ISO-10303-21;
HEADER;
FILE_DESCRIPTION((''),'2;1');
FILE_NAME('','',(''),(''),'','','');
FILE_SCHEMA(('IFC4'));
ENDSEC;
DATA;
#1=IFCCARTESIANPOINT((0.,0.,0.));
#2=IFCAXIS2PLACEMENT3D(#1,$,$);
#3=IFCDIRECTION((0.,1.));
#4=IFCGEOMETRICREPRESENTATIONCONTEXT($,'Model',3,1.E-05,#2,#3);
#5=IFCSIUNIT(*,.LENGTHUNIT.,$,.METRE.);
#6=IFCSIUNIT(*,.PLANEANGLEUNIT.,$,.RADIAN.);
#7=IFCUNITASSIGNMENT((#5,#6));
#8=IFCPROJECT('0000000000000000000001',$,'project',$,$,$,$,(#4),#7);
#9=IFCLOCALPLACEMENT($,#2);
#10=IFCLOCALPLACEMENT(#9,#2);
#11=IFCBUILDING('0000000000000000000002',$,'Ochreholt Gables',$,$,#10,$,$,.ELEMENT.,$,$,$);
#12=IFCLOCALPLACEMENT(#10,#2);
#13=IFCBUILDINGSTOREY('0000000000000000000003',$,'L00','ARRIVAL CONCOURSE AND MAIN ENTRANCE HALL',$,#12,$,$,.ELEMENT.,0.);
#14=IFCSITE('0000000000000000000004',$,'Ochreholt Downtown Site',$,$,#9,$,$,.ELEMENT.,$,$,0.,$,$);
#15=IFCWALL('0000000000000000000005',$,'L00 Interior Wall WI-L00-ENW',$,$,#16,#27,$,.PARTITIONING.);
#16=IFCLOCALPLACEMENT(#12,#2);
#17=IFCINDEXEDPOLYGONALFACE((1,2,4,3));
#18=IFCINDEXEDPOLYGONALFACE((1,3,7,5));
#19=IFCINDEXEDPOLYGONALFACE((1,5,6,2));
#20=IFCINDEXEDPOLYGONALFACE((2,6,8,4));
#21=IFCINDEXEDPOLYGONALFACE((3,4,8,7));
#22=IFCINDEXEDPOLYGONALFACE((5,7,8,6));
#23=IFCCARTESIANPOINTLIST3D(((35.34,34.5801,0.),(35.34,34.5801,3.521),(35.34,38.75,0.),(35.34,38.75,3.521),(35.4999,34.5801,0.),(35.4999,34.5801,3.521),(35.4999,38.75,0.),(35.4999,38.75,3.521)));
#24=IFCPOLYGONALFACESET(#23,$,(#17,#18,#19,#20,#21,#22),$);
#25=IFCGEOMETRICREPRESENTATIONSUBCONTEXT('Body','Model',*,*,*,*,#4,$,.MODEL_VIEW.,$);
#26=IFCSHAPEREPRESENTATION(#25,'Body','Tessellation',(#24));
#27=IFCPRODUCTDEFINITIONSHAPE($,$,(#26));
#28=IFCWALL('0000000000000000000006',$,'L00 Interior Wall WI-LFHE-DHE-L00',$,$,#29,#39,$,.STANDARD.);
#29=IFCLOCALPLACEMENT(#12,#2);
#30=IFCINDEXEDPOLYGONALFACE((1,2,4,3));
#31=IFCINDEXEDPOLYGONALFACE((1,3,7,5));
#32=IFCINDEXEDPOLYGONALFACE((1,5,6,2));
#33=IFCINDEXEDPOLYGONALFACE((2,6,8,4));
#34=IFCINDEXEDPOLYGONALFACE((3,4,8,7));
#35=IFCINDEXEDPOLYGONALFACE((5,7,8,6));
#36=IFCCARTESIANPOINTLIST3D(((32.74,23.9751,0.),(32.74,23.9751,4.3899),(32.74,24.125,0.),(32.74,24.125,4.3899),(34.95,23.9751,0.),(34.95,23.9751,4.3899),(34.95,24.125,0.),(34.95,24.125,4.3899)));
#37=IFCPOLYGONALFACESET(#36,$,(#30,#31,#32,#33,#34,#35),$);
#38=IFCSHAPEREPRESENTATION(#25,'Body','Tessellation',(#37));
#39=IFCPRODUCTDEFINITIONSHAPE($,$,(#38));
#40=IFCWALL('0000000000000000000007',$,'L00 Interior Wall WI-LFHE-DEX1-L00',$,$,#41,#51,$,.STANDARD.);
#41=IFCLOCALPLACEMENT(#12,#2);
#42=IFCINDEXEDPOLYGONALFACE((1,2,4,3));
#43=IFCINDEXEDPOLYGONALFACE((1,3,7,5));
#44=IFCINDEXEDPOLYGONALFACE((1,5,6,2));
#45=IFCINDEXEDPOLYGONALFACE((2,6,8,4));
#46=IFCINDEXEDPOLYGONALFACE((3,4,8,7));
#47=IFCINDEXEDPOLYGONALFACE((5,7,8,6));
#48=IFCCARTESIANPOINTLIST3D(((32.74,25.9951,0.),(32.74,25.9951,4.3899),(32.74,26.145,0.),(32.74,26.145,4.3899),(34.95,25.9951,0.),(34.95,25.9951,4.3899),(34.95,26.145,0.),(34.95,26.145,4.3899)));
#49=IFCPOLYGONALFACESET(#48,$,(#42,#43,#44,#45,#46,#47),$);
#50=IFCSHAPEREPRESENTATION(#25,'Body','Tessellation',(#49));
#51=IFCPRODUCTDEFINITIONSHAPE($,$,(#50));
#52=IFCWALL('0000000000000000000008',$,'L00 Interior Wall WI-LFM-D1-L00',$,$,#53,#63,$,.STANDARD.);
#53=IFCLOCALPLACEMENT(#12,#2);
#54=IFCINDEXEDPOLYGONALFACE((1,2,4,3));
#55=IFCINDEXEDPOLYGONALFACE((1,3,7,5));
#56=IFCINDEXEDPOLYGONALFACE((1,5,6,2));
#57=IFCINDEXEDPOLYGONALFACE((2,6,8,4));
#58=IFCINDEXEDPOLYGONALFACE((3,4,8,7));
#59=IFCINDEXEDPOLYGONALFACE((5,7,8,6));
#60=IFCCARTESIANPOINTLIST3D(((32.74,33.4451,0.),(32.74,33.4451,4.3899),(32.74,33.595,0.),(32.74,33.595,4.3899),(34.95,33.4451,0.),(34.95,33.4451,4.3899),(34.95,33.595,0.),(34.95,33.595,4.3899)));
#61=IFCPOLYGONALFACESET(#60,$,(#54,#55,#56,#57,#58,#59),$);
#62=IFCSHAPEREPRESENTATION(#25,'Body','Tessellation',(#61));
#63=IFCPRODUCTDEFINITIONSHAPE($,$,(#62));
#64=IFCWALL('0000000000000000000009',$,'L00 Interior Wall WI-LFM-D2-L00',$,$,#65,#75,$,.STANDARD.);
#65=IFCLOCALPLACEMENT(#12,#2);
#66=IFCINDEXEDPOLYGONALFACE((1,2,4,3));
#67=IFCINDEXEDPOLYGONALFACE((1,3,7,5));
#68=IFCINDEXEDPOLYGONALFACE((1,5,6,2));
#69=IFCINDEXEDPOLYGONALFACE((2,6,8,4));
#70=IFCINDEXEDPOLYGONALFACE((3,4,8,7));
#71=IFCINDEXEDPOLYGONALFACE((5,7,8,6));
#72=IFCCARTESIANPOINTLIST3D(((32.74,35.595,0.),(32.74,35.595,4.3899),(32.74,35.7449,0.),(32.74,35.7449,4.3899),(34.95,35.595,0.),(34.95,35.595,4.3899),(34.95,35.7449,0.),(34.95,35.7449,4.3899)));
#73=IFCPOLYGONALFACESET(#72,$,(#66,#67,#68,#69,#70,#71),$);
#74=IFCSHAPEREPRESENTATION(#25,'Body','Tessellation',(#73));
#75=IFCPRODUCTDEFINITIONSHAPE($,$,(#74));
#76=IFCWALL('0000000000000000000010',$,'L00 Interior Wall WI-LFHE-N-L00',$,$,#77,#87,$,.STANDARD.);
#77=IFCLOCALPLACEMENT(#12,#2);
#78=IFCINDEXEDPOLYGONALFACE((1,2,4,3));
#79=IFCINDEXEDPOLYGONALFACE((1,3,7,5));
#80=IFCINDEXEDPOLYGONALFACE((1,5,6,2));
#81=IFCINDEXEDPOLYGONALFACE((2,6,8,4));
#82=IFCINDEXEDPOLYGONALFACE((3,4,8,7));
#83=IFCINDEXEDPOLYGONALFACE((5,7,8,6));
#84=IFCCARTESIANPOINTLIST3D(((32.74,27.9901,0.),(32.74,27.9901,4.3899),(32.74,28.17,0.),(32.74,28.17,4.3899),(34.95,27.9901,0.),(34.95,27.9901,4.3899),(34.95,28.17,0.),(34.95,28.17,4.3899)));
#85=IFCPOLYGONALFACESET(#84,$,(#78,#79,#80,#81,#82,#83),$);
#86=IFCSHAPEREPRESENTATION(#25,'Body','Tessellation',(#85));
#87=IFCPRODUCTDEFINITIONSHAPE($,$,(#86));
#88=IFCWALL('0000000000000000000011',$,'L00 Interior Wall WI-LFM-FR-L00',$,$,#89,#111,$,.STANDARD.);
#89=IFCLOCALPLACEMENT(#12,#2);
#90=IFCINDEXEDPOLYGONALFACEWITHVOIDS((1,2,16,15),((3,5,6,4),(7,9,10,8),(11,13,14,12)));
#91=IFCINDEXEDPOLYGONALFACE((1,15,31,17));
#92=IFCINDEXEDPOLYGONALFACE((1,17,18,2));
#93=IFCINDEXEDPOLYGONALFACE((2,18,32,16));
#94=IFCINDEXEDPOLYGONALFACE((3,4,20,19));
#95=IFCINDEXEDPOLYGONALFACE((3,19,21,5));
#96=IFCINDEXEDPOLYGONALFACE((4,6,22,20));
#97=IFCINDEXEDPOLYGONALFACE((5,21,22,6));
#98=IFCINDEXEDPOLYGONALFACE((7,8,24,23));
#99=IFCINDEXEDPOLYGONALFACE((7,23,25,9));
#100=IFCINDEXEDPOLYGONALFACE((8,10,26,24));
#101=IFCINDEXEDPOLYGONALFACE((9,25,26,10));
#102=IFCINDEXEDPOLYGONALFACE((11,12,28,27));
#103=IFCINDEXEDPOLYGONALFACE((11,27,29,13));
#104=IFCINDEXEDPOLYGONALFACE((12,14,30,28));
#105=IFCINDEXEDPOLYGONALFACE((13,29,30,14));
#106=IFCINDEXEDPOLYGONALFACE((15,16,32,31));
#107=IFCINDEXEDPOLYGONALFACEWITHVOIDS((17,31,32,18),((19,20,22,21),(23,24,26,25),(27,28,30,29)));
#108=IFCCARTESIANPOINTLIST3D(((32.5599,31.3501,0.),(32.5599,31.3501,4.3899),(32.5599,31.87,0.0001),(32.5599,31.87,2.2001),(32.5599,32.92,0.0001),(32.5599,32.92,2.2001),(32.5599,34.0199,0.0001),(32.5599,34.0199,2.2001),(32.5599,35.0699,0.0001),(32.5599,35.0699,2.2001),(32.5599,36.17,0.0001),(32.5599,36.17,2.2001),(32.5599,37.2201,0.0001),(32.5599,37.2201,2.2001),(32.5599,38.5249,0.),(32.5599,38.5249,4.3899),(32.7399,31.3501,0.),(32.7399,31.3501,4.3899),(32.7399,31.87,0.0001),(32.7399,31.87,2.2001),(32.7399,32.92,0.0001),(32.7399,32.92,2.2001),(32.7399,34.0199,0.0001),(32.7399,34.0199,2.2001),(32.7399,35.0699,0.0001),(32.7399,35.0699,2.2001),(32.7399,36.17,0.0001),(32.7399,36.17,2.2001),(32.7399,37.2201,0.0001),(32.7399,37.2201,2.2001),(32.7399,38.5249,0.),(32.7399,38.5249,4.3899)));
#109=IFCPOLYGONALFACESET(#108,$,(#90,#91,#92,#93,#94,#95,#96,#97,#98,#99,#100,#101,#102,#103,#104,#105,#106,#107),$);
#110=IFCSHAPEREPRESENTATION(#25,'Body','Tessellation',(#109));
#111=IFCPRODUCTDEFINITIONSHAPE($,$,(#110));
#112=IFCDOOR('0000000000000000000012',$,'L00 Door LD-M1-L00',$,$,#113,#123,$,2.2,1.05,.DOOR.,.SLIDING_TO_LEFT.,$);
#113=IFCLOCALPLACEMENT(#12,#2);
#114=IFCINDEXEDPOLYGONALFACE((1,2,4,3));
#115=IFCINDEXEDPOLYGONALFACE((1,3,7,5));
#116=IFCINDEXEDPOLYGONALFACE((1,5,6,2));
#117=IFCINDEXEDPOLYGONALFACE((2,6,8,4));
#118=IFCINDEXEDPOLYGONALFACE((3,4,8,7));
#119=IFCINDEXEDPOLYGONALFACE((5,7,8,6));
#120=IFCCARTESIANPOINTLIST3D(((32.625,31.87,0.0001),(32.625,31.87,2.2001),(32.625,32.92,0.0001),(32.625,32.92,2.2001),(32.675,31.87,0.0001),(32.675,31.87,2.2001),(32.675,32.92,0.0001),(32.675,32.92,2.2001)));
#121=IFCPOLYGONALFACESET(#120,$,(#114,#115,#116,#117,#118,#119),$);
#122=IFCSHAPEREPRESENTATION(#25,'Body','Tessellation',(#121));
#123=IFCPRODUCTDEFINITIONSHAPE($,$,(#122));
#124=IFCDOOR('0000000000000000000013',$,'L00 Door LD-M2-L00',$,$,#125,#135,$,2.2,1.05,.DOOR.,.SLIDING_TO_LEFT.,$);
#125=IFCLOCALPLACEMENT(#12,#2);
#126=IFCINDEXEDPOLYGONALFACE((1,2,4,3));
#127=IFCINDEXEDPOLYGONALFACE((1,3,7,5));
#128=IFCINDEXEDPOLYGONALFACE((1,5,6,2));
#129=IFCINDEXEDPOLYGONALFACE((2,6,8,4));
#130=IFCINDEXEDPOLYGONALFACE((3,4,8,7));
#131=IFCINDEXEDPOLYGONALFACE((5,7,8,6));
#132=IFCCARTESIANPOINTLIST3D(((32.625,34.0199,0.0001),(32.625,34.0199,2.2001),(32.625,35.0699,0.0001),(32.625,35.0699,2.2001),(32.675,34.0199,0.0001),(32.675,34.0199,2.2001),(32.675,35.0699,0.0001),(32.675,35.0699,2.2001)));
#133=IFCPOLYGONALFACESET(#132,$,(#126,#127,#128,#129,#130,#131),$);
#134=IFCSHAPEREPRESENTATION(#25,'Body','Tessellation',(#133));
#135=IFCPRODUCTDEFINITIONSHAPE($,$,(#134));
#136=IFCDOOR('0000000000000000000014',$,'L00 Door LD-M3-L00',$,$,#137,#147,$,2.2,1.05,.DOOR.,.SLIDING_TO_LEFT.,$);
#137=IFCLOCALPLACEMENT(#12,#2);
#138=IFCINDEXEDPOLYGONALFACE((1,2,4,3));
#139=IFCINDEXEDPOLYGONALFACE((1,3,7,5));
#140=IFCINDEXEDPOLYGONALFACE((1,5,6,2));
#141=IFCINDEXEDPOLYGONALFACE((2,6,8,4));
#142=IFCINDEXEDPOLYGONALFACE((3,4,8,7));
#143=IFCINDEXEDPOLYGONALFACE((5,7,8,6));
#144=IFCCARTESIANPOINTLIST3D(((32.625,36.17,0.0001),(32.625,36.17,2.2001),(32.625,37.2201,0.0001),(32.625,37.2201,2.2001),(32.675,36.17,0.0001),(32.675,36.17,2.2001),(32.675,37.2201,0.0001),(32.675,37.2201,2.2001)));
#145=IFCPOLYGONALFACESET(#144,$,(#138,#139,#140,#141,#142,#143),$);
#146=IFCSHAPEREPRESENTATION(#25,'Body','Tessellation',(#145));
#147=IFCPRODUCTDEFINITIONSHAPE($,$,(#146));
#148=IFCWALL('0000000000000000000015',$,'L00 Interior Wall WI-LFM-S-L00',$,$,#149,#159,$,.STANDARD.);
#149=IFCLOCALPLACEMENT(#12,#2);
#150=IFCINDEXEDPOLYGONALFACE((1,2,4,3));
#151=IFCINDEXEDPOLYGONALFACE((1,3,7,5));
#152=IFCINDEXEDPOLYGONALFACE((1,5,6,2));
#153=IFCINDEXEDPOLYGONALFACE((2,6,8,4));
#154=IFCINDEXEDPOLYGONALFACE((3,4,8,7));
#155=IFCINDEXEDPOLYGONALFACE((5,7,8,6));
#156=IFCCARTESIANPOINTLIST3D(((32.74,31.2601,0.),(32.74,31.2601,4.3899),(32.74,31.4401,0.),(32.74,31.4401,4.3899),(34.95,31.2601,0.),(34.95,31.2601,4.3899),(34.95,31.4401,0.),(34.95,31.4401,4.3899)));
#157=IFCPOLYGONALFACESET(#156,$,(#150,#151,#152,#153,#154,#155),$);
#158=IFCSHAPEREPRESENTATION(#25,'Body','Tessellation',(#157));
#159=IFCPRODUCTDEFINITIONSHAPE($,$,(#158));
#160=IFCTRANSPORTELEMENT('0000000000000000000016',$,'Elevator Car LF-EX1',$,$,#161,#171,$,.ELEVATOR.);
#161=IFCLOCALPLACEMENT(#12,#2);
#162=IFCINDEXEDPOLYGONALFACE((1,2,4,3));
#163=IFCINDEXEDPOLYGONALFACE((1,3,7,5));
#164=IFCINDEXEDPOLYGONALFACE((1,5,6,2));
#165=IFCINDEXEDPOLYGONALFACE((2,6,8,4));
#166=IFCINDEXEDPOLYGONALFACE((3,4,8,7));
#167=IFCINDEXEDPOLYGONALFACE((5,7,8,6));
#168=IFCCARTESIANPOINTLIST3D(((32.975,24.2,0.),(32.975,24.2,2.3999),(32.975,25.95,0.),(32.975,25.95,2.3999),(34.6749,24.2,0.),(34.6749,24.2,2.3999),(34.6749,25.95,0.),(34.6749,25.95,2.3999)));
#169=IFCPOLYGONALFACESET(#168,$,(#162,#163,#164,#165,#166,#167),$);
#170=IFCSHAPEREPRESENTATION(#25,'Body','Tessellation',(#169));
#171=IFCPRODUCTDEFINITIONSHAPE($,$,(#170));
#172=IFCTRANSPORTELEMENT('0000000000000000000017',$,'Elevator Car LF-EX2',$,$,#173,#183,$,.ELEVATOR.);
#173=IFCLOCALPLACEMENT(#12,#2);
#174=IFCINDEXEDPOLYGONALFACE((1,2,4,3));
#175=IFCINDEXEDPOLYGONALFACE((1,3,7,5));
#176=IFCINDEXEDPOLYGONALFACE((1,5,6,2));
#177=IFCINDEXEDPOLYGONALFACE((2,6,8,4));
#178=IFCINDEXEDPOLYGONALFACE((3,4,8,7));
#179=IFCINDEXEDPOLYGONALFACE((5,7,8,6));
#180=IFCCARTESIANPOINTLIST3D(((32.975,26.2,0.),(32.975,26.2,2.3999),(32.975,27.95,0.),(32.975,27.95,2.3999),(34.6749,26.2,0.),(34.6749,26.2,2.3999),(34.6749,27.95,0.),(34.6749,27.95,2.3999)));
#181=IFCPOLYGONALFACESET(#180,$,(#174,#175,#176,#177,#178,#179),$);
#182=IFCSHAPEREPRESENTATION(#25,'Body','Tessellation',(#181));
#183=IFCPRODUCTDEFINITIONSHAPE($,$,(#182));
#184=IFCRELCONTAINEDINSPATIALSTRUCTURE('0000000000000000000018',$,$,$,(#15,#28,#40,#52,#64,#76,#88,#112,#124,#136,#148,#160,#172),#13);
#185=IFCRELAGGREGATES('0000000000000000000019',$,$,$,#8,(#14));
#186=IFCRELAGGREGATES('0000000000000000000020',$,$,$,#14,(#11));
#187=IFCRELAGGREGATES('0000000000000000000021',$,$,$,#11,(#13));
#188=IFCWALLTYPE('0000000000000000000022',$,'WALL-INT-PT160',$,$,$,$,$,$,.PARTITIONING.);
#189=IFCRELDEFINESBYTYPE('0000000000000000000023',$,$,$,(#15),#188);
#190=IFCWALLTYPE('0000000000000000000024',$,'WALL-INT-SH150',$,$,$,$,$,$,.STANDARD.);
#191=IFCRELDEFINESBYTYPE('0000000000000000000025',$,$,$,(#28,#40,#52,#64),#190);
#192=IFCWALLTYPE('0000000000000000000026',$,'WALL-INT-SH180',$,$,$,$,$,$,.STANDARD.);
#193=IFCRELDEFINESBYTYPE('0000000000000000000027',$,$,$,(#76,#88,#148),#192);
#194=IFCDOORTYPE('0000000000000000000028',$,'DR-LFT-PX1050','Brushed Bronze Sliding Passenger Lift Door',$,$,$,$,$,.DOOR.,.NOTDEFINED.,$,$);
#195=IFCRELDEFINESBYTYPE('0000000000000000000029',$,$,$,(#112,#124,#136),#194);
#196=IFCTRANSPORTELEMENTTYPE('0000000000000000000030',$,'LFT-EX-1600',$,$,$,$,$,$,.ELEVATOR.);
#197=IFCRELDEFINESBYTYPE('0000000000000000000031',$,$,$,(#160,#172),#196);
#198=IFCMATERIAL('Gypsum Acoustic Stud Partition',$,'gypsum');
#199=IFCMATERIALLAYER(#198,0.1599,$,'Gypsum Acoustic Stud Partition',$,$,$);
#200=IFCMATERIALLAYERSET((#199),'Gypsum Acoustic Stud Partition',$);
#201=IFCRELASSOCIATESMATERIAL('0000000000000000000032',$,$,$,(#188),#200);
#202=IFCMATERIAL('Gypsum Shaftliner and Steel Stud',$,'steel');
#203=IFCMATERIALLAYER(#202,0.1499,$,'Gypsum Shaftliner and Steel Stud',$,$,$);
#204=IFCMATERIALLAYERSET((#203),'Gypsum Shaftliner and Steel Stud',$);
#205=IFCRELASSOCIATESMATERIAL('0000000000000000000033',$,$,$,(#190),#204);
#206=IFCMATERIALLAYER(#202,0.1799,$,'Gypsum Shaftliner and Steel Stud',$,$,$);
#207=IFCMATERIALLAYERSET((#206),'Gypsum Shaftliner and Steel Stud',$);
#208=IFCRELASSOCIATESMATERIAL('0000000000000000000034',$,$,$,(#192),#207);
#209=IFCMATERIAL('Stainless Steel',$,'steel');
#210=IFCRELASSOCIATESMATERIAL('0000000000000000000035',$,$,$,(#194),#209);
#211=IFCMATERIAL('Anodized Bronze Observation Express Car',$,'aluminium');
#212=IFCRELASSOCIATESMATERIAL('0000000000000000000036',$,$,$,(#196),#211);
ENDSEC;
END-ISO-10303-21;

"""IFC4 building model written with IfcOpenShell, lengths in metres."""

from ifc_helpers import new_model, si_unit, direction, frame, frame_2d, origin, origin_2d, place, context, subcontext, project, spatial, rectangle, extrude, material, layer, layer_set, type_object, element, fill, save


model = new_model("IFC4")

# Units and contexts
model_context = context("Model", 3, precision=1e-05, world=origin(), true_north=direction((0.0, 1.0)))
body_context = subcontext(model_context, "Body", "Model", "MODEL_VIEW")
ifc_project = project(units=[si_unit("LENGTHUNIT", "METRE"), si_unit("PLANEANGLEUNIT", "RADIAN")], contexts=[model_context])

# Site, building, storey
site_placement = place(None, origin())
site = spatial("IfcSite", under=ifc_project, at=site_placement, Name="Ochreholt Downtown Site", CompositionType="ELEMENT", RefElevation=0.0)
building_placement = place(site_placement, origin())
building = spatial("IfcBuilding", under=site, at=building_placement, Name="Ochreholt Gables", CompositionType="ELEMENT")
storey_placement = place(building_placement, origin())
storey = spatial("IfcBuildingStorey", under=building, at=storey_placement, Name="L00", Description="ARRIVAL CONCOURSE AND MAIN ENTRANCE HALL", CompositionType="ELEMENT", Elevation=0.0)

# Shared definitions
ifc_material_1 = material(Name="Gypsum Acoustic Stud Partition", Category="gypsum")
ifc_layer_1 = layer(ifc_material_1, 0.1599, Name="Gypsum Acoustic Stud Partition")
ifc_layer_set_1 = layer_set([ifc_layer_1], Name="Gypsum Acoustic Stud Partition")
wall_type_1 = type_object("IfcWallType", Name="WALL-INT-PT160", PredefinedType="PARTITIONING", material=ifc_layer_set_1)

# Walls
wall_1_placement = place(storey_placement, frame((35.4199, 34.5801, 0.0), z_axis=(0.0, 0.0, 1.0), x_axis=(0.0, 1.0, 0.0)))
element("IfcWall", 1, at=wall_1_placement, inside=storey, type_object=wall_type_1, Name="L00 Interior Wall WI-L00-ENW", PredefinedType="PARTITIONING", context=body_context, shape_type="SweptSolid", body=[
    extrude(rectangle(XDim=4.1699, YDim=0.1599, at=frame_2d((2.085, 0.0))), origin(), (0.0, 0.0, 1.0), 3.521),
])
ifc_material_2 = material(Name="Gypsum Shaftliner and Steel Stud", Category="steel")
ifc_layer_2 = layer(ifc_material_2, 0.1499, Name="Gypsum Shaftliner and Steel Stud")
ifc_layer_set_2 = layer_set([ifc_layer_2], Name="Gypsum Shaftliner and Steel Stud")
wall_type_2 = type_object("IfcWallType", Name="WALL-INT-SH150", PredefinedType="STANDARD", material=ifc_layer_set_2)
for number, where, z_axis, x_axis, name in (
    (2, (32.74, 24.05, 0.0), (0.0, 0.0, 1.0), (1.0, 0.0, 0.0), "L00 Interior Wall WI-LFHE-DHE-L00"),
    (3, (32.74, 26.0701, 0.0), (0.0, 0.0, 1.0), (1.0, 0.0, 0.0), "L00 Interior Wall WI-LFHE-DEX1-L00"),
    (4, (32.74, 33.52, 0.0), (0.0, 0.0, 1.0), (1.0, 0.0, 0.0), "L00 Interior Wall WI-LFM-D1-L00"),
    (5, (32.74, 35.6699, 0.0), (0.0, 0.0, 1.0), (1.0, 0.0, 0.0), "L00 Interior Wall WI-LFM-D2-L00"),
):
    element("IfcWall", number, at=place(storey_placement, frame(where, z_axis=z_axis, x_axis=x_axis)), inside=storey, type_object=wall_type_2, Name=name, PredefinedType="STANDARD", context=body_context, shape_type="SweptSolid", body=[
        extrude(rectangle(XDim=2.21, YDim=0.1499, at=frame_2d((1.105, 0.0))), origin(), (0.0, 0.0, 1.0), 4.3899),
    ])
ifc_layer_3 = layer(ifc_material_2, 0.1799, Name="Gypsum Shaftliner and Steel Stud")
ifc_layer_set_3 = layer_set([ifc_layer_3], Name="Gypsum Shaftliner and Steel Stud")
wall_type_3 = type_object("IfcWallType", Name="WALL-INT-SH180", PredefinedType="STANDARD", material=ifc_layer_set_3)
wall_2_placement = place(storey_placement, frame((32.74, 28.0801, 0.0), z_axis=(0.0, 0.0, 1.0), x_axis=(1.0, 0.0, 0.0)))
element("IfcWall", 6, at=wall_2_placement, inside=storey, type_object=wall_type_3, Name="L00 Interior Wall WI-LFHE-N-L00", PredefinedType="STANDARD", context=body_context, shape_type="SweptSolid", body=[
    extrude(rectangle(XDim=2.21, YDim=0.1799, at=frame_2d((1.105, 0.0))), origin(), (0.0, 0.0, 1.0), 4.3899),
])

# Wall, openings, doors
wall_3_placement = place(storey_placement, frame((32.6499, 31.3501, 0.0), z_axis=(0.0, 0.0, 1.0), x_axis=(0.0, 1.0, 0.0)))
wall_3 = element("IfcWall", 7, at=wall_3_placement, inside=storey, type_object=wall_type_3, Name="L00 Interior Wall WI-LFM-FR-L00", PredefinedType="STANDARD", context=body_context, shape_type="SweptSolid", body=[
    extrude(rectangle(XDim=7.1748, YDim=0.1799, at=frame_2d((3.5874, 0.0))), origin(), (0.0, 0.0, 1.0), 4.3899),
])
opening_1_placement = place(wall_3_placement, frame((0.52, 0.0, 0.0)))
opening_1 = element("IfcOpeningElement", 8, at=opening_1_placement, cuts=wall_3, PredefinedType="OPENING", context=body_context, shape_type="SweptSolid", body=[
    extrude(rectangle(XDim=1.05, YDim=2.2, at=frame_2d((0.5249, 1.1001))), frame((0.0, 0.0999, 0.0), z_axis=(0.0, -1.0, 0.0), x_axis=(1.0, 0.0, 0.0)), (0.0, 0.0, 1.0), 0.2),
])
opening_2_placement = place(wall_3_placement, frame((2.6699, 0.0, 0.0)))
opening_2 = element("IfcOpeningElement", 9, at=opening_2_placement, cuts=wall_3, PredefinedType="OPENING", context=body_context, shape_type="SweptSolid", body=[
    extrude(rectangle(XDim=1.05, YDim=2.2, at=frame_2d((0.5249, 1.1001))), frame((0.0, 0.0999, 0.0), z_axis=(0.0, -1.0, 0.0), x_axis=(1.0, 0.0, 0.0)), (0.0, 0.0, 1.0), 0.2),
])
opening_3_placement = place(wall_3_placement, frame((4.8201, 0.0, 0.0)))
opening_3 = element("IfcOpeningElement", 10, at=opening_3_placement, cuts=wall_3, PredefinedType="OPENING", context=body_context, shape_type="SweptSolid", body=[
    extrude(rectangle(XDim=1.05, YDim=2.2, at=frame_2d((0.5249, 1.1001))), frame((0.0, 0.0999, 0.0), z_axis=(0.0, -1.0, 0.0), x_axis=(1.0, 0.0, 0.0)), (0.0, 0.0, 1.0), 0.2),
])
ifc_material_3 = material(Name="Stainless Steel", Category="steel")
door_type_1 = type_object("IfcDoorType", Name="DR-LFT-PX1050", Description="Brushed Bronze Sliding Passenger Lift Door", OperationType="NOTDEFINED", PredefinedType="DOOR", material=ifc_material_3)
door_1_placement = place(opening_1_placement, origin())
door_1 = element("IfcDoor", 11, at=door_1_placement, inside=storey, type_object=door_type_1, Name="L00 Door LD-M1-L00", OperationType="SLIDING_TO_LEFT", OverallHeight=2.2, OverallWidth=1.05, PredefinedType="DOOR", context=body_context, shape_type="SweptSolid", body=[
    extrude(rectangle(XDim=1.05, YDim=2.2, at=frame_2d((0.5249, 1.1001))), frame((0.0, 0.0249, 0.0), z_axis=(0.0, -1.0, 0.0), x_axis=(1.0, 0.0, 0.0)), (0.0, 0.0, 1.0), 0.05),
])
fill(opening_1, door_1)
door_2_placement = place(opening_2_placement, origin())
door_2 = element("IfcDoor", 12, at=door_2_placement, inside=storey, type_object=door_type_1, Name="L00 Door LD-M2-L00", OperationType="SLIDING_TO_LEFT", OverallHeight=2.2, OverallWidth=1.05, PredefinedType="DOOR", context=body_context, shape_type="SweptSolid", body=[
    extrude(rectangle(XDim=1.05, YDim=2.2, at=frame_2d((0.5249, 1.1001))), frame((0.0, 0.0249, 0.0), z_axis=(0.0, -1.0, 0.0), x_axis=(1.0, 0.0, 0.0)), (0.0, 0.0, 1.0), 0.05),
])
fill(opening_2, door_2)
door_3_placement = place(opening_3_placement, origin())
door_3 = element("IfcDoor", 13, at=door_3_placement, inside=storey, type_object=door_type_1, Name="L00 Door LD-M3-L00", OperationType="SLIDING_TO_LEFT", OverallHeight=2.2, OverallWidth=1.05, PredefinedType="DOOR", context=body_context, shape_type="SweptSolid", body=[
    extrude(rectangle(XDim=1.05, YDim=2.2, at=frame_2d((0.5249, 1.1001))), frame((0.0, 0.0249, 0.0), z_axis=(0.0, -1.0, 0.0), x_axis=(1.0, 0.0, 0.0)), (0.0, 0.0, 1.0), 0.05),
])
fill(opening_3, door_3)

# Wall
wall_4_placement = place(storey_placement, frame((32.74, 31.3501, 0.0), z_axis=(0.0, 0.0, 1.0), x_axis=(1.0, 0.0, 0.0)))
element("IfcWall", 14, at=wall_4_placement, inside=storey, type_object=wall_type_3, Name="L00 Interior Wall WI-LFM-S-L00", PredefinedType="STANDARD", context=body_context, shape_type="SweptSolid", body=[
    extrude(rectangle(XDim=2.21, YDim=0.1799, at=frame_2d((1.105, 0.0))), origin(), (0.0, 0.0, 1.0), 4.3899),
])

# Transport elements
ifc_material_4 = material(Name="Anodized Bronze Observation Express Car", Category="aluminium")
transport_element_type_1 = type_object("IfcTransportElementType", Name="LFT-EX-1600", PredefinedType="ELEVATOR", material=ifc_material_4)
for number, where, z_axis, x_axis, name in (
    (15, (33.825, 25.075, 0.0), (0.0, 0.0, 1.0), (1.0, 0.0, 0.0), "Elevator Car LF-EX1"),
    (16, (33.825, 27.075, 0.0), (0.0, 0.0, 1.0), (1.0, 0.0, 0.0), "Elevator Car LF-EX2"),
):
    element("IfcTransportElement", number, at=place(storey_placement, frame(where, z_axis=z_axis, x_axis=x_axis)), inside=storey, type_object=transport_element_type_1, Name=name, PredefinedType="ELEVATOR", context=body_context, shape_type="SweptSolid", body=[
        extrude(rectangle(XDim=1.7, YDim=1.75, at=origin_2d()), origin(), (0.0, 0.0, 1.0), 2.3999),
    ])

save(model, "model.ifc")
